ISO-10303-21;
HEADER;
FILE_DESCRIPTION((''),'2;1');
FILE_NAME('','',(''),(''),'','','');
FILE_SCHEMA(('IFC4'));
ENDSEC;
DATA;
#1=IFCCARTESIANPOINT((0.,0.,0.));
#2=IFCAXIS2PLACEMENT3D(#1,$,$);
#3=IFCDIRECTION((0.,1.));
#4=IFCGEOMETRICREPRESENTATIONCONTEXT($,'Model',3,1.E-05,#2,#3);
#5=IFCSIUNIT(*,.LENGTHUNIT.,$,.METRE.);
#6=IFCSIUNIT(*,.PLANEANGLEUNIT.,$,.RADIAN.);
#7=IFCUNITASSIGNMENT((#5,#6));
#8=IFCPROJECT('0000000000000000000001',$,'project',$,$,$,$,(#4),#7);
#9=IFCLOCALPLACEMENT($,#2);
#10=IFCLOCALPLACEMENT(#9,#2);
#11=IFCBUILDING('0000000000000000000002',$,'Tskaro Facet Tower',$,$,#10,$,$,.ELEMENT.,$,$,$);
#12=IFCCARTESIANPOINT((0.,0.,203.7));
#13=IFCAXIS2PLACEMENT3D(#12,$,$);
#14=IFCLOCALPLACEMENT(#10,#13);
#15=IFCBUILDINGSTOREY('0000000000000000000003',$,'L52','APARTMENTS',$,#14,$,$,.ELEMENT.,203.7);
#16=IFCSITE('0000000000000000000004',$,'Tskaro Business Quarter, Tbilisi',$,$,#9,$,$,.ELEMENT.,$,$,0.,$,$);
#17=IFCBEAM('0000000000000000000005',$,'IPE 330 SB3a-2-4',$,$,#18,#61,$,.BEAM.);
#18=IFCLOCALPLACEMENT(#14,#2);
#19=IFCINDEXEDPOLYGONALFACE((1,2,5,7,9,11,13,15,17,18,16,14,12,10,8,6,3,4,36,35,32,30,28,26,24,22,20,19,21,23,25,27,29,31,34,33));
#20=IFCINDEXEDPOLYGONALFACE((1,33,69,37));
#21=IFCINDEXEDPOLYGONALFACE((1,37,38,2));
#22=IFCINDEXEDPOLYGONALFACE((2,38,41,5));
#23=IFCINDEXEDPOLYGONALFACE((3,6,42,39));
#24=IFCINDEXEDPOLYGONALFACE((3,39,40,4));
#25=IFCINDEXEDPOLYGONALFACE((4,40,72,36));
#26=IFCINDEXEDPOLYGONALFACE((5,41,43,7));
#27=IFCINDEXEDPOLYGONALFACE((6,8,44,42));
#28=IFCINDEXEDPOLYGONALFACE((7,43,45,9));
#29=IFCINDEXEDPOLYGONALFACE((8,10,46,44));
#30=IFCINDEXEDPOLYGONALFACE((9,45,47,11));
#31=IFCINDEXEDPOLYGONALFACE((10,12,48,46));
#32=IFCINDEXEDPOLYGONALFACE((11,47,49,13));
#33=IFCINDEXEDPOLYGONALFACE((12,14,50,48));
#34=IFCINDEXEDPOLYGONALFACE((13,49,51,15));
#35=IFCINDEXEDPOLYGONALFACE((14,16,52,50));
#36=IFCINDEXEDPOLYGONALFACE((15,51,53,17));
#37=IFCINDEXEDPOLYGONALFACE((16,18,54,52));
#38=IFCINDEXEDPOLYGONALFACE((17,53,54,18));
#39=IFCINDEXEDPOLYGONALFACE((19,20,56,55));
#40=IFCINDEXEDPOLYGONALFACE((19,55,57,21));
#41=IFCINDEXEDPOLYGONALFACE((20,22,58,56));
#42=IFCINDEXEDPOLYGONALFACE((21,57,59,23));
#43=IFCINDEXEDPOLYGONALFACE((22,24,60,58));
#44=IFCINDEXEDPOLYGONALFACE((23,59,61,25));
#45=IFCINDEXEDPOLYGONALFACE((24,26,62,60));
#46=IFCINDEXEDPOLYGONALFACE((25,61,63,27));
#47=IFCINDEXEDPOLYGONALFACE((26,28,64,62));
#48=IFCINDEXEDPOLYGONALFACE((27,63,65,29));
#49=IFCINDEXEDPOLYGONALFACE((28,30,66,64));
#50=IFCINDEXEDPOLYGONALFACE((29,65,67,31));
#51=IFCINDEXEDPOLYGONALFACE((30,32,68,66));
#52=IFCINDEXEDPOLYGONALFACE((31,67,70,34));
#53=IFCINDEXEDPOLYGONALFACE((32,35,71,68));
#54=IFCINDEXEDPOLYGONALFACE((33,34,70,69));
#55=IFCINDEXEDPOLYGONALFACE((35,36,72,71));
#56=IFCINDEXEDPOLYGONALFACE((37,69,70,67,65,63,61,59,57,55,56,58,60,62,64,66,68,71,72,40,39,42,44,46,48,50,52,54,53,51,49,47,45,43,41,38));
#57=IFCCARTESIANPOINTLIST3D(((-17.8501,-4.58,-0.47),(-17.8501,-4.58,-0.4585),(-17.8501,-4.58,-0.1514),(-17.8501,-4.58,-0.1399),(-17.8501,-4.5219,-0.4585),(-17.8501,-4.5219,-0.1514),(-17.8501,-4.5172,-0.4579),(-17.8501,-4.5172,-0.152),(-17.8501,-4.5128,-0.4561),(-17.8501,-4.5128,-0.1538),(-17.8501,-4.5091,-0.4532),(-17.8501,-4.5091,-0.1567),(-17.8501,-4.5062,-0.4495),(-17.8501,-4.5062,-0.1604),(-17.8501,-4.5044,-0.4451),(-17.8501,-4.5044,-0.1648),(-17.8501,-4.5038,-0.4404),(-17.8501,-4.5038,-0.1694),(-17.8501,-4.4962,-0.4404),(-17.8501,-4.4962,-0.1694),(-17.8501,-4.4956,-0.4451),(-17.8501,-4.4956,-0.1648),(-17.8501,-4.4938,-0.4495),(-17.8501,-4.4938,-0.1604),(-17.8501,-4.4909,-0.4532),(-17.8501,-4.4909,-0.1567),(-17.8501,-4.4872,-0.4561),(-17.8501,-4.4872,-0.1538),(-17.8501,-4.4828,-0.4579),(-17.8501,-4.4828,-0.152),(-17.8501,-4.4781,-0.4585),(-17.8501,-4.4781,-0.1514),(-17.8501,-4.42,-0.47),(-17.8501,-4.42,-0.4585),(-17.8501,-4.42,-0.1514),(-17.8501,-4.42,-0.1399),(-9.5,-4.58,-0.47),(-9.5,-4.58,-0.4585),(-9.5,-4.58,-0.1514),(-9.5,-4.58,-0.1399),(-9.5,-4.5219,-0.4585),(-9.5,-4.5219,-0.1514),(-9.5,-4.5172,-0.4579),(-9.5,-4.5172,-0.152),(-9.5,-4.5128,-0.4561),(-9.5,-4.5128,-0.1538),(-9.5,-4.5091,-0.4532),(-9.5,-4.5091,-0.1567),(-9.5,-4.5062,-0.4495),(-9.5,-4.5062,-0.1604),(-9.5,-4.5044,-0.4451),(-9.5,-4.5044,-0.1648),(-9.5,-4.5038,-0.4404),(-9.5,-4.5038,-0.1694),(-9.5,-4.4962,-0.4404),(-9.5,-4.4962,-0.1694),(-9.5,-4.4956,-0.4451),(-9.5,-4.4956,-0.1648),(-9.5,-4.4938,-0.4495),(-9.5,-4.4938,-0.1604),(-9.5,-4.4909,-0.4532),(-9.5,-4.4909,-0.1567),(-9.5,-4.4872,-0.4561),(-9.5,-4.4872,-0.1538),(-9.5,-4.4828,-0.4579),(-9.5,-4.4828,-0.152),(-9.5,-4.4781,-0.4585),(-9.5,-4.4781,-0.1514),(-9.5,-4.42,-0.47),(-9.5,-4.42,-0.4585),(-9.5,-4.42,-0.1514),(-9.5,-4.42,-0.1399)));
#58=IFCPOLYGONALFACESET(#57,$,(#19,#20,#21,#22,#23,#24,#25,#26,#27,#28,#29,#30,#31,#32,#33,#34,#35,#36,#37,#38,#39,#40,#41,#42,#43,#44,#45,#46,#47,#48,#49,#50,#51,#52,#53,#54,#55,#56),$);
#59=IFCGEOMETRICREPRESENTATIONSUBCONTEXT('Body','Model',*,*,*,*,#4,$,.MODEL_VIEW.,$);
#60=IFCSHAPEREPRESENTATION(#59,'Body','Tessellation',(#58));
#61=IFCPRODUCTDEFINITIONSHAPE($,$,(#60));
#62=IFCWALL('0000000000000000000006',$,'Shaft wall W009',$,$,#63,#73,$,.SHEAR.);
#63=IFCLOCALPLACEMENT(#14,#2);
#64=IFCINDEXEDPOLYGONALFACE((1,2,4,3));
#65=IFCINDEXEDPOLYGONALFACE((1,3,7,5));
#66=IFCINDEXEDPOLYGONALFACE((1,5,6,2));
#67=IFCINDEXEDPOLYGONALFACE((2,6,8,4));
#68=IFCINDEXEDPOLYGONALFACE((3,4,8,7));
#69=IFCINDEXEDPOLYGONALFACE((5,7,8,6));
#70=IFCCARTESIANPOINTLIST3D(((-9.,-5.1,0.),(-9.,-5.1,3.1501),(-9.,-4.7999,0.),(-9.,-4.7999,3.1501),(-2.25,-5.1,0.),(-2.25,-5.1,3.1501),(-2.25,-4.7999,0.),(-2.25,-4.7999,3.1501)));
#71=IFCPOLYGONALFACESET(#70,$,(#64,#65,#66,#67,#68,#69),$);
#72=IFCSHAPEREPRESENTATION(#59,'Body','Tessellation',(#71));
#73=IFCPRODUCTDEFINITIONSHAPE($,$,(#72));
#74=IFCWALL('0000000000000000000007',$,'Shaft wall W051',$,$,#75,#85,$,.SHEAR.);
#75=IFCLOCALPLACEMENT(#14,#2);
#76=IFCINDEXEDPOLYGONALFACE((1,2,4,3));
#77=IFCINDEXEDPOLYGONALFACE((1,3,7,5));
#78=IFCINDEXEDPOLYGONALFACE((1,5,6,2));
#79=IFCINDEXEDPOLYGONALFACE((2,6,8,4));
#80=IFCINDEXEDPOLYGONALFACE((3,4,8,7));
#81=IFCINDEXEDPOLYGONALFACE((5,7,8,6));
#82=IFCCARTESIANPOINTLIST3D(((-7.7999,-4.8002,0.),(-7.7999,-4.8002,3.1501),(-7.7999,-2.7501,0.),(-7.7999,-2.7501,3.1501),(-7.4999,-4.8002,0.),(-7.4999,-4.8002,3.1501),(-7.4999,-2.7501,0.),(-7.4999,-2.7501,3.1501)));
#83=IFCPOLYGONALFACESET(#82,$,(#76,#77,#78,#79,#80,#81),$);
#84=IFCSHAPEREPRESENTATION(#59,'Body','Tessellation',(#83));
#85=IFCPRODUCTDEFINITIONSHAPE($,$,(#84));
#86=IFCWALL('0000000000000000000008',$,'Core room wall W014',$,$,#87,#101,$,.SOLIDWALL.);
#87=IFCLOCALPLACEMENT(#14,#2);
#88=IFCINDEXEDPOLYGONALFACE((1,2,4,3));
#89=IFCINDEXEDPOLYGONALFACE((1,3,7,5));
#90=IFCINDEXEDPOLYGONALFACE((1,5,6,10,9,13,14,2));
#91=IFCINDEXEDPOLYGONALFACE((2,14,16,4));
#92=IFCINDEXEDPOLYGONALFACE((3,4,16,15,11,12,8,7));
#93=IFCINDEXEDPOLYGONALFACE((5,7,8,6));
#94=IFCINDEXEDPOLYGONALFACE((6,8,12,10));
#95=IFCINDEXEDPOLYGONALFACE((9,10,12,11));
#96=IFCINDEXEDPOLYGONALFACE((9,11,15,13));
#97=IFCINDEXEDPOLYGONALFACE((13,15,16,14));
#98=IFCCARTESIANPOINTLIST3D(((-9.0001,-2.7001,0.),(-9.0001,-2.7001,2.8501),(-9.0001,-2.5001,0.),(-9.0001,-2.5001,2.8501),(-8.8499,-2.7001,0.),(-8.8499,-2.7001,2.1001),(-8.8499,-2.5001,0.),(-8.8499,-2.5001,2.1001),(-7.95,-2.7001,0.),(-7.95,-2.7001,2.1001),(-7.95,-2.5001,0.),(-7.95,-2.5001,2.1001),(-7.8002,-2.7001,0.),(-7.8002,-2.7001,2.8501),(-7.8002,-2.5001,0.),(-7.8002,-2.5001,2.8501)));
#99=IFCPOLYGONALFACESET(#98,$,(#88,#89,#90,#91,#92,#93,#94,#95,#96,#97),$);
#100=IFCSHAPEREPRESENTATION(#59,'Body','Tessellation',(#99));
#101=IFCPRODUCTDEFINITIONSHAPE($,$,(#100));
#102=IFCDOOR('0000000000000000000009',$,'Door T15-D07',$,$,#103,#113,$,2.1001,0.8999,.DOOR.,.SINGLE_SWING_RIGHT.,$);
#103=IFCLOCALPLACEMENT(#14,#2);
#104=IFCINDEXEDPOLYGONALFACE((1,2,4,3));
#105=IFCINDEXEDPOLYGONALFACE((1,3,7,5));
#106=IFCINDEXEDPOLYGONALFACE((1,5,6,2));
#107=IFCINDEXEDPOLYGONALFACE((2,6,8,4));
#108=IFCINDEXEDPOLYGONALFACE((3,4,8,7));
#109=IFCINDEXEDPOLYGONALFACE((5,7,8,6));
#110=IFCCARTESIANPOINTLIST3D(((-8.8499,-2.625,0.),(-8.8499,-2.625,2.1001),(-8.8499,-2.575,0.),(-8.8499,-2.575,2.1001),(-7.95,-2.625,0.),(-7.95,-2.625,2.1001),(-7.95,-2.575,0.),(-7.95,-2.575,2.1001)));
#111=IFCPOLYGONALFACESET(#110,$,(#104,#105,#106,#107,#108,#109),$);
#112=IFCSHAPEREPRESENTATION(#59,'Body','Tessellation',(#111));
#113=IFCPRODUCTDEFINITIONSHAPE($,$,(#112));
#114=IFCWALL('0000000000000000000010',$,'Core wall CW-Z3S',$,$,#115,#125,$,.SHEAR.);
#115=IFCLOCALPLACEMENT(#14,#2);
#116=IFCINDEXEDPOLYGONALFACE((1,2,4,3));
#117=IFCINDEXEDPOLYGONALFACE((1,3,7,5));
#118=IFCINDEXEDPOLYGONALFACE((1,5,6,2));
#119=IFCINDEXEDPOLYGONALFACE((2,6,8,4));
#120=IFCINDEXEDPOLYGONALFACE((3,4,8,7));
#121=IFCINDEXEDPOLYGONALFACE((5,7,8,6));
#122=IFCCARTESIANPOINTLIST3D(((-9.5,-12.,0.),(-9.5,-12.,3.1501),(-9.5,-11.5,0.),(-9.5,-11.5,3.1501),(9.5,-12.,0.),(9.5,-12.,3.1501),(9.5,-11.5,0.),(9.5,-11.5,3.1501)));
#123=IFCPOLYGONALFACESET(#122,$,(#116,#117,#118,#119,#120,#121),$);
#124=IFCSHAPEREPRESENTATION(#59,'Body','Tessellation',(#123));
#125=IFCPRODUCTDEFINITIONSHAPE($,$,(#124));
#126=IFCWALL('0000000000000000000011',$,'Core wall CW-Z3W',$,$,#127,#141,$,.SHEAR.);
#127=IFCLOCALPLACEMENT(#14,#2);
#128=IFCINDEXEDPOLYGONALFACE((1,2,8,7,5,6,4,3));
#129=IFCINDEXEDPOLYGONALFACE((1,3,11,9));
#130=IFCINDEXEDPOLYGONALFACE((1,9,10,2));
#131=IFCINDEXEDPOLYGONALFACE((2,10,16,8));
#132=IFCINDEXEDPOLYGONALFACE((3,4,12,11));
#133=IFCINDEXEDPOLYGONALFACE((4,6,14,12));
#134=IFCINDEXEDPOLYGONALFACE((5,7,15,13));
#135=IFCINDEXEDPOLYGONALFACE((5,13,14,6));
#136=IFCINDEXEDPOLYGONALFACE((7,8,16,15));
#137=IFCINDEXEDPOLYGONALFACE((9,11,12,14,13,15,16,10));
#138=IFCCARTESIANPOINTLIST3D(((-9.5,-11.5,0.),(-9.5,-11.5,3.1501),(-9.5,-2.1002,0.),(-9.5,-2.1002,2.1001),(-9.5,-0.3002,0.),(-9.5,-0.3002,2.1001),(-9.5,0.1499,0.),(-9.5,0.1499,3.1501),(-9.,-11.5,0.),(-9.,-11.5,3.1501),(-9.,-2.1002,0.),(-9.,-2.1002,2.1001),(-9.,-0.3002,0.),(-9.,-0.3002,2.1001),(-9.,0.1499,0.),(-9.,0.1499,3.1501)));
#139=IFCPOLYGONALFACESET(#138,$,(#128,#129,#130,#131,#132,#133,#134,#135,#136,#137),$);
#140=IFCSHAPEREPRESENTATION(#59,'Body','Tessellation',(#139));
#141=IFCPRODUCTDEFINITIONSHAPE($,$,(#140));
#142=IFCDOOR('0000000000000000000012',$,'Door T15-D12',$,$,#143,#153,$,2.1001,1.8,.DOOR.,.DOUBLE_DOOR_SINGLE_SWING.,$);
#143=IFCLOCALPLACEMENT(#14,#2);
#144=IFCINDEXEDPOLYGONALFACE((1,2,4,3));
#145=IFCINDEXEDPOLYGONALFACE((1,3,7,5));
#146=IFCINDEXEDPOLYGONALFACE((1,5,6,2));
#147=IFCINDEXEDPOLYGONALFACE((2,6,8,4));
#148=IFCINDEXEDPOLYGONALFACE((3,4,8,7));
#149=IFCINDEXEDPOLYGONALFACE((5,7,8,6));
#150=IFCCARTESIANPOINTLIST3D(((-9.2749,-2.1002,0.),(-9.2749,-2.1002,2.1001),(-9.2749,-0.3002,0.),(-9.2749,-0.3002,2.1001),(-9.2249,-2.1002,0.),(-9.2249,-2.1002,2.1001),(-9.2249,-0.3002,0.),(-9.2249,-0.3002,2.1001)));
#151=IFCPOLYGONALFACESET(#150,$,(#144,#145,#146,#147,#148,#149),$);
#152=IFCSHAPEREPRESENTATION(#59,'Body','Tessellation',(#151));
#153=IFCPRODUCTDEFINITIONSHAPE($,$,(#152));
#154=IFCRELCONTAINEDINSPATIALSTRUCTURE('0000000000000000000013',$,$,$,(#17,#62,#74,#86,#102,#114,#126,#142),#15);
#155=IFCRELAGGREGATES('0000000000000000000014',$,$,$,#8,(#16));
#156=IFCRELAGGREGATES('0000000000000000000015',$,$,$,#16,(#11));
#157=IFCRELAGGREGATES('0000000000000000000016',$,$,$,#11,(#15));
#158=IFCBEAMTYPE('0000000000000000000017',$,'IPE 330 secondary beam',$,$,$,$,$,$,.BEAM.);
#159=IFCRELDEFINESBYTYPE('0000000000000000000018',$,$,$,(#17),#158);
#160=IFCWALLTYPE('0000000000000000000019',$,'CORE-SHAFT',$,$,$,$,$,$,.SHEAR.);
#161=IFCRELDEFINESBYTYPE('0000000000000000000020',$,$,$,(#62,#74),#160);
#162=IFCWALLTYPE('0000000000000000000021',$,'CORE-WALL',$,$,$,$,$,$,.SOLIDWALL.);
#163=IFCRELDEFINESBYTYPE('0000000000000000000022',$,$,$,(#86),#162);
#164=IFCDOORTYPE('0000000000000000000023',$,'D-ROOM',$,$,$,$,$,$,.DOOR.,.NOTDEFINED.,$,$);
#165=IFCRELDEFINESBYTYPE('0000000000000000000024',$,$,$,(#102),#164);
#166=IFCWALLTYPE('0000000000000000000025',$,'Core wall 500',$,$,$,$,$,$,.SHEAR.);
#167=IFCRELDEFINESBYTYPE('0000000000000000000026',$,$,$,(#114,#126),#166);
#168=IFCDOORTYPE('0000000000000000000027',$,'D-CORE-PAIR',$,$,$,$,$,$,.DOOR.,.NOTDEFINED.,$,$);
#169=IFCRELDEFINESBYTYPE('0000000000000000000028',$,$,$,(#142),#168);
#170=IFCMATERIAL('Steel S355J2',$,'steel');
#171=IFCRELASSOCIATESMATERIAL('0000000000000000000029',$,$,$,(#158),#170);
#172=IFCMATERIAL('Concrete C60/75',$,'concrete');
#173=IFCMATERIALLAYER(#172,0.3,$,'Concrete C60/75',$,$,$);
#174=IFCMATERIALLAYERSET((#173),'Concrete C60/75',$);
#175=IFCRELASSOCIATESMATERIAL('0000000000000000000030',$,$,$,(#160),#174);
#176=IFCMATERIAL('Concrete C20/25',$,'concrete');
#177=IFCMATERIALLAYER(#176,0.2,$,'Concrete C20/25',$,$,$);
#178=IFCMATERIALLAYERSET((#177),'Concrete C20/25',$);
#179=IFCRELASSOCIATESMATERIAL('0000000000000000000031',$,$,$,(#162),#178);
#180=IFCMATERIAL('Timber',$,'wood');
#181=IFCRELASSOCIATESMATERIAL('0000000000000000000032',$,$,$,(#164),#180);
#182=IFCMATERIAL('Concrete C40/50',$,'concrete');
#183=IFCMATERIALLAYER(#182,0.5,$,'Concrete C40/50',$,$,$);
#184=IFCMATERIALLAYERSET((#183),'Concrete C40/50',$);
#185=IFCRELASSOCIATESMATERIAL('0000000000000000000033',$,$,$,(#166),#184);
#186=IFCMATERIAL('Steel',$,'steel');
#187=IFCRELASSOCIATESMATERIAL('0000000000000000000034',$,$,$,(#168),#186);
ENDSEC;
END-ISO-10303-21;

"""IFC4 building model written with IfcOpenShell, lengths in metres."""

from ifc_helpers import new_model, si_unit, direction, frame, frame_2d, origin, origin_2d, place, context, subcontext, project, spatial, rectangle, i_section, extrude, material, layer, layer_set, material_profile, profile_set, type_object, element, fill, save


model = new_model("IFC4")

# Units and contexts
model_context = context("Model", 3, precision=1e-05, world=origin(), true_north=direction((0.0, 1.0)))
body_context = subcontext(model_context, "Body", "Model", "MODEL_VIEW")
ifc_project = project(units=[si_unit("LENGTHUNIT", "METRE"), si_unit("PLANEANGLEUNIT", "RADIAN")], contexts=[model_context])

# Site, building, storey
site_placement = place(None, origin())
site = spatial("IfcSite", under=ifc_project, at=site_placement, Name="Tskaro Business Quarter, Tbilisi", CompositionType="ELEMENT", RefElevation=0.0)
building_placement = place(site_placement, origin())
building = spatial("IfcBuilding", under=site, at=building_placement, Name="Tskaro Facet Tower", CompositionType="ELEMENT")
storey_placement = place(building_placement, frame((0.0, 0.0, 203.7)))
storey = spatial("IfcBuildingStorey", under=building, at=storey_placement, Name="L52", Description="APARTMENTS", CompositionType="ELEMENT", Elevation=203.7)

# Beam
ifc_material_1 = material(Name="Steel S355J2", Category="steel")
ifc_material_profile = material_profile(ifc_material_1, i_section(OverallWidth=0.1599, OverallDepth=0.3301, WebThickness=0.0076, FlangeThickness=0.0115, FilletRadius=0.0181, at=origin_2d()), Name="IPE 330")
ifc_profile_set = profile_set([ifc_material_profile], Name="Steel S355J2")
beam_type = type_object("IfcBeamType", Name="IPE 330 secondary beam", PredefinedType="BEAM", material=ifc_profile_set)
beam_placement = place(storey_placement, frame((-17.8501, -4.5, -0.3049), z_axis=(1.0, 0.0, 0.0), x_axis=(0.0, 1.0, 0.0)))
element("IfcBeam", 1, at=beam_placement, inside=storey, type_object=beam_type, Name="IPE 330 SB3a-2-4", PredefinedType="BEAM", context=body_context, shape_type="SweptSolid", body=[
    extrude(i_section(OverallWidth=0.1599, OverallDepth=0.3301, WebThickness=0.0076, FlangeThickness=0.0115, FilletRadius=0.0181, at=origin_2d()), origin(), (0.0, 0.0, 1.0), 8.3501),
])

# Walls
ifc_material_2 = material(Name="Concrete C60/75", Category="concrete")
ifc_layer_1 = layer(ifc_material_2, 0.3, Name="Concrete C60/75")
ifc_layer_set_1 = layer_set([ifc_layer_1], Name="Concrete C60/75")
wall_type_1 = type_object("IfcWallType", Name="CORE-SHAFT", PredefinedType="SHEAR", material=ifc_layer_set_1)
wall_1_placement = place(storey_placement, frame((-9.0, -4.95, 0.0), z_axis=(0.0, 0.0, 1.0), x_axis=(1.0, 0.0, 0.0)))
element("IfcWall", 2, at=wall_1_placement, inside=storey, type_object=wall_type_1, Name="Shaft wall W009", PredefinedType="SHEAR", context=body_context, shape_type="SweptSolid", body=[
    extrude(rectangle(XDim=6.75, YDim=0.3, at=frame_2d((3.375, 0.0))), origin(), (0.0, 0.0, 1.0), 3.1501),
])
wall_2_placement = place(storey_placement, frame((-7.6499, -4.8, 0.0), z_axis=(0.0, 0.0, 1.0), x_axis=(0.0, 1.0, 0.0)))
element("IfcWall", 3, at=wall_2_placement, inside=storey, type_object=wall_type_1, Name="Shaft wall W051", PredefinedType="SHEAR", context=body_context, shape_type="SweptSolid", body=[
    extrude(rectangle(XDim=2.05, YDim=0.3, at=frame_2d((1.0249, 0.0))), origin(), (0.0, 0.0, 1.0), 3.1501),
])

# Wall, opening, door
ifc_material_3 = material(Name="Concrete C20/25", Category="concrete")
ifc_layer_2 = layer(ifc_material_3, 0.2, Name="Concrete C20/25")
ifc_layer_set_2 = layer_set([ifc_layer_2], Name="Concrete C20/25")
wall_type_2 = type_object("IfcWallType", Name="CORE-WALL", PredefinedType="SOLIDWALL", material=ifc_layer_set_2)
wall_3_placement = place(storey_placement, frame((-7.8, -2.6001, 0.0), z_axis=(0.0, 0.0, 1.0), x_axis=(-1.0, 0.0, 0.0)))
wall_3 = element("IfcWall", 4, at=wall_3_placement, inside=storey, type_object=wall_type_2, Name="Core room wall W014", PredefinedType="SOLIDWALL", context=body_context, shape_type="SweptSolid", body=[
    extrude(rectangle(XDim=1.2, YDim=0.2, at=frame_2d((0.6001, 0.0))), origin(), (0.0, 0.0, 1.0), 2.8501),
])
opening_1_placement = place(wall_3_placement, frame((0.1499, 0.0, 0.0)))
opening_1 = element("IfcOpeningElement", 5, at=opening_1_placement, cuts=wall_3, PredefinedType="OPENING", context=body_context, shape_type="SweptSolid", body=[
    extrude(rectangle(XDim=0.8999, YDim=2.1001, at=frame_2d((0.45, 1.05))), frame((0.0, 0.1099, 0.0), z_axis=(0.0, -1.0, 0.0), x_axis=(1.0, 0.0, 0.0)), (0.0, 0.0, 1.0), 0.22),
])
ifc_material_4 = material(Name="Timber", Category="wood")
door_type_1 = type_object("IfcDoorType", Name="D-ROOM", OperationType="NOTDEFINED", PredefinedType="DOOR", material=ifc_material_4)
door_1_placement = place(opening_1_placement, origin())
door_1 = element("IfcDoor", 6, at=door_1_placement, inside=storey, type_object=door_type_1, Name="Door T15-D07", OperationType="SINGLE_SWING_RIGHT", OverallHeight=2.1001, OverallWidth=0.8999, PredefinedType="DOOR", context=body_context, shape_type="SweptSolid", body=[
    extrude(rectangle(XDim=0.8999, YDim=2.1001, at=frame_2d((0.45, 1.05))), frame((0.0, 0.0249, 0.0), z_axis=(0.0, -1.0, 0.0), x_axis=(1.0, 0.0, 0.0)), (0.0, 0.0, 1.0), 0.05),
])
fill(opening_1, door_1)

# Wall
ifc_material_5 = material(Name="Concrete C40/50", Category="concrete")
ifc_layer_3 = layer(ifc_material_5, 0.5, Name="Concrete C40/50")
ifc_layer_set_3 = layer_set([ifc_layer_3], Name="Concrete C40/50")
wall_type_3 = type_object("IfcWallType", Name="Core wall 500", PredefinedType="SHEAR", material=ifc_layer_set_3)
wall_4_placement = place(storey_placement, frame((-9.5, -11.75, 0.0), z_axis=(0.0, 0.0, 1.0), x_axis=(1.0, 0.0, 0.0)))
element("IfcWall", 7, at=wall_4_placement, inside=storey, type_object=wall_type_3, Name="Core wall CW-Z3S", PredefinedType="SHEAR", context=body_context, shape_type="SweptSolid", body=[
    extrude(rectangle(XDim=19.0, YDim=0.5, at=frame_2d((9.5, 0.0))), origin(), (0.0, 0.0, 1.0), 3.1501),
])

# Wall, opening, door
wall_5_placement = place(storey_placement, frame((-9.25, -11.5, 0.0), z_axis=(0.0, 0.0, 1.0), x_axis=(0.0, 1.0, 0.0)))
wall_5 = element("IfcWall", 8, at=wall_5_placement, inside=storey, type_object=wall_type_3, Name="Core wall CW-Z3W", PredefinedType="SHEAR", context=body_context, shape_type="SweptSolid", body=[
    extrude(rectangle(XDim=11.6499, YDim=0.5, at=frame_2d((5.825, 0.0))), origin(), (0.0, 0.0, 1.0), 3.1501),
])
opening_2_placement = place(wall_5_placement, frame((9.3999, 0.0, 0.0)))
opening_2 = element("IfcOpeningElement", 9, at=opening_2_placement, cuts=wall_5, PredefinedType="OPENING", context=body_context, shape_type="SweptSolid", body=[
    extrude(rectangle(XDim=1.8, YDim=2.1001, at=frame_2d((0.8999, 1.05))), frame((0.0, 0.26, 0.0), z_axis=(0.0, -1.0, 0.0), x_axis=(1.0, 0.0, 0.0)), (0.0, 0.0, 1.0), 0.52),
])
ifc_material_6 = material(Name="Steel", Category="steel")
door_type_2 = type_object("IfcDoorType", Name="D-CORE-PAIR", OperationType="NOTDEFINED", PredefinedType="DOOR", material=ifc_material_6)
door_2_placement = place(opening_2_placement, origin())
door_2 = element("IfcDoor", 10, at=door_2_placement, inside=storey, type_object=door_type_2, Name="Door T15-D12", OperationType="DOUBLE_DOOR_SINGLE_SWING", OverallHeight=2.1001, OverallWidth=1.8, PredefinedType="DOOR", context=body_context, shape_type="SweptSolid", body=[
    extrude(rectangle(XDim=1.8, YDim=2.1001, at=frame_2d((0.8999, 1.05))), frame((0.0, 0.0249, 0.0), z_axis=(0.0, -1.0, 0.0), x_axis=(1.0, 0.0, 0.0)), (0.0, 0.0, 1.0), 0.05),
])
fill(opening_2, door_2)

save(model, "model.ifc")
